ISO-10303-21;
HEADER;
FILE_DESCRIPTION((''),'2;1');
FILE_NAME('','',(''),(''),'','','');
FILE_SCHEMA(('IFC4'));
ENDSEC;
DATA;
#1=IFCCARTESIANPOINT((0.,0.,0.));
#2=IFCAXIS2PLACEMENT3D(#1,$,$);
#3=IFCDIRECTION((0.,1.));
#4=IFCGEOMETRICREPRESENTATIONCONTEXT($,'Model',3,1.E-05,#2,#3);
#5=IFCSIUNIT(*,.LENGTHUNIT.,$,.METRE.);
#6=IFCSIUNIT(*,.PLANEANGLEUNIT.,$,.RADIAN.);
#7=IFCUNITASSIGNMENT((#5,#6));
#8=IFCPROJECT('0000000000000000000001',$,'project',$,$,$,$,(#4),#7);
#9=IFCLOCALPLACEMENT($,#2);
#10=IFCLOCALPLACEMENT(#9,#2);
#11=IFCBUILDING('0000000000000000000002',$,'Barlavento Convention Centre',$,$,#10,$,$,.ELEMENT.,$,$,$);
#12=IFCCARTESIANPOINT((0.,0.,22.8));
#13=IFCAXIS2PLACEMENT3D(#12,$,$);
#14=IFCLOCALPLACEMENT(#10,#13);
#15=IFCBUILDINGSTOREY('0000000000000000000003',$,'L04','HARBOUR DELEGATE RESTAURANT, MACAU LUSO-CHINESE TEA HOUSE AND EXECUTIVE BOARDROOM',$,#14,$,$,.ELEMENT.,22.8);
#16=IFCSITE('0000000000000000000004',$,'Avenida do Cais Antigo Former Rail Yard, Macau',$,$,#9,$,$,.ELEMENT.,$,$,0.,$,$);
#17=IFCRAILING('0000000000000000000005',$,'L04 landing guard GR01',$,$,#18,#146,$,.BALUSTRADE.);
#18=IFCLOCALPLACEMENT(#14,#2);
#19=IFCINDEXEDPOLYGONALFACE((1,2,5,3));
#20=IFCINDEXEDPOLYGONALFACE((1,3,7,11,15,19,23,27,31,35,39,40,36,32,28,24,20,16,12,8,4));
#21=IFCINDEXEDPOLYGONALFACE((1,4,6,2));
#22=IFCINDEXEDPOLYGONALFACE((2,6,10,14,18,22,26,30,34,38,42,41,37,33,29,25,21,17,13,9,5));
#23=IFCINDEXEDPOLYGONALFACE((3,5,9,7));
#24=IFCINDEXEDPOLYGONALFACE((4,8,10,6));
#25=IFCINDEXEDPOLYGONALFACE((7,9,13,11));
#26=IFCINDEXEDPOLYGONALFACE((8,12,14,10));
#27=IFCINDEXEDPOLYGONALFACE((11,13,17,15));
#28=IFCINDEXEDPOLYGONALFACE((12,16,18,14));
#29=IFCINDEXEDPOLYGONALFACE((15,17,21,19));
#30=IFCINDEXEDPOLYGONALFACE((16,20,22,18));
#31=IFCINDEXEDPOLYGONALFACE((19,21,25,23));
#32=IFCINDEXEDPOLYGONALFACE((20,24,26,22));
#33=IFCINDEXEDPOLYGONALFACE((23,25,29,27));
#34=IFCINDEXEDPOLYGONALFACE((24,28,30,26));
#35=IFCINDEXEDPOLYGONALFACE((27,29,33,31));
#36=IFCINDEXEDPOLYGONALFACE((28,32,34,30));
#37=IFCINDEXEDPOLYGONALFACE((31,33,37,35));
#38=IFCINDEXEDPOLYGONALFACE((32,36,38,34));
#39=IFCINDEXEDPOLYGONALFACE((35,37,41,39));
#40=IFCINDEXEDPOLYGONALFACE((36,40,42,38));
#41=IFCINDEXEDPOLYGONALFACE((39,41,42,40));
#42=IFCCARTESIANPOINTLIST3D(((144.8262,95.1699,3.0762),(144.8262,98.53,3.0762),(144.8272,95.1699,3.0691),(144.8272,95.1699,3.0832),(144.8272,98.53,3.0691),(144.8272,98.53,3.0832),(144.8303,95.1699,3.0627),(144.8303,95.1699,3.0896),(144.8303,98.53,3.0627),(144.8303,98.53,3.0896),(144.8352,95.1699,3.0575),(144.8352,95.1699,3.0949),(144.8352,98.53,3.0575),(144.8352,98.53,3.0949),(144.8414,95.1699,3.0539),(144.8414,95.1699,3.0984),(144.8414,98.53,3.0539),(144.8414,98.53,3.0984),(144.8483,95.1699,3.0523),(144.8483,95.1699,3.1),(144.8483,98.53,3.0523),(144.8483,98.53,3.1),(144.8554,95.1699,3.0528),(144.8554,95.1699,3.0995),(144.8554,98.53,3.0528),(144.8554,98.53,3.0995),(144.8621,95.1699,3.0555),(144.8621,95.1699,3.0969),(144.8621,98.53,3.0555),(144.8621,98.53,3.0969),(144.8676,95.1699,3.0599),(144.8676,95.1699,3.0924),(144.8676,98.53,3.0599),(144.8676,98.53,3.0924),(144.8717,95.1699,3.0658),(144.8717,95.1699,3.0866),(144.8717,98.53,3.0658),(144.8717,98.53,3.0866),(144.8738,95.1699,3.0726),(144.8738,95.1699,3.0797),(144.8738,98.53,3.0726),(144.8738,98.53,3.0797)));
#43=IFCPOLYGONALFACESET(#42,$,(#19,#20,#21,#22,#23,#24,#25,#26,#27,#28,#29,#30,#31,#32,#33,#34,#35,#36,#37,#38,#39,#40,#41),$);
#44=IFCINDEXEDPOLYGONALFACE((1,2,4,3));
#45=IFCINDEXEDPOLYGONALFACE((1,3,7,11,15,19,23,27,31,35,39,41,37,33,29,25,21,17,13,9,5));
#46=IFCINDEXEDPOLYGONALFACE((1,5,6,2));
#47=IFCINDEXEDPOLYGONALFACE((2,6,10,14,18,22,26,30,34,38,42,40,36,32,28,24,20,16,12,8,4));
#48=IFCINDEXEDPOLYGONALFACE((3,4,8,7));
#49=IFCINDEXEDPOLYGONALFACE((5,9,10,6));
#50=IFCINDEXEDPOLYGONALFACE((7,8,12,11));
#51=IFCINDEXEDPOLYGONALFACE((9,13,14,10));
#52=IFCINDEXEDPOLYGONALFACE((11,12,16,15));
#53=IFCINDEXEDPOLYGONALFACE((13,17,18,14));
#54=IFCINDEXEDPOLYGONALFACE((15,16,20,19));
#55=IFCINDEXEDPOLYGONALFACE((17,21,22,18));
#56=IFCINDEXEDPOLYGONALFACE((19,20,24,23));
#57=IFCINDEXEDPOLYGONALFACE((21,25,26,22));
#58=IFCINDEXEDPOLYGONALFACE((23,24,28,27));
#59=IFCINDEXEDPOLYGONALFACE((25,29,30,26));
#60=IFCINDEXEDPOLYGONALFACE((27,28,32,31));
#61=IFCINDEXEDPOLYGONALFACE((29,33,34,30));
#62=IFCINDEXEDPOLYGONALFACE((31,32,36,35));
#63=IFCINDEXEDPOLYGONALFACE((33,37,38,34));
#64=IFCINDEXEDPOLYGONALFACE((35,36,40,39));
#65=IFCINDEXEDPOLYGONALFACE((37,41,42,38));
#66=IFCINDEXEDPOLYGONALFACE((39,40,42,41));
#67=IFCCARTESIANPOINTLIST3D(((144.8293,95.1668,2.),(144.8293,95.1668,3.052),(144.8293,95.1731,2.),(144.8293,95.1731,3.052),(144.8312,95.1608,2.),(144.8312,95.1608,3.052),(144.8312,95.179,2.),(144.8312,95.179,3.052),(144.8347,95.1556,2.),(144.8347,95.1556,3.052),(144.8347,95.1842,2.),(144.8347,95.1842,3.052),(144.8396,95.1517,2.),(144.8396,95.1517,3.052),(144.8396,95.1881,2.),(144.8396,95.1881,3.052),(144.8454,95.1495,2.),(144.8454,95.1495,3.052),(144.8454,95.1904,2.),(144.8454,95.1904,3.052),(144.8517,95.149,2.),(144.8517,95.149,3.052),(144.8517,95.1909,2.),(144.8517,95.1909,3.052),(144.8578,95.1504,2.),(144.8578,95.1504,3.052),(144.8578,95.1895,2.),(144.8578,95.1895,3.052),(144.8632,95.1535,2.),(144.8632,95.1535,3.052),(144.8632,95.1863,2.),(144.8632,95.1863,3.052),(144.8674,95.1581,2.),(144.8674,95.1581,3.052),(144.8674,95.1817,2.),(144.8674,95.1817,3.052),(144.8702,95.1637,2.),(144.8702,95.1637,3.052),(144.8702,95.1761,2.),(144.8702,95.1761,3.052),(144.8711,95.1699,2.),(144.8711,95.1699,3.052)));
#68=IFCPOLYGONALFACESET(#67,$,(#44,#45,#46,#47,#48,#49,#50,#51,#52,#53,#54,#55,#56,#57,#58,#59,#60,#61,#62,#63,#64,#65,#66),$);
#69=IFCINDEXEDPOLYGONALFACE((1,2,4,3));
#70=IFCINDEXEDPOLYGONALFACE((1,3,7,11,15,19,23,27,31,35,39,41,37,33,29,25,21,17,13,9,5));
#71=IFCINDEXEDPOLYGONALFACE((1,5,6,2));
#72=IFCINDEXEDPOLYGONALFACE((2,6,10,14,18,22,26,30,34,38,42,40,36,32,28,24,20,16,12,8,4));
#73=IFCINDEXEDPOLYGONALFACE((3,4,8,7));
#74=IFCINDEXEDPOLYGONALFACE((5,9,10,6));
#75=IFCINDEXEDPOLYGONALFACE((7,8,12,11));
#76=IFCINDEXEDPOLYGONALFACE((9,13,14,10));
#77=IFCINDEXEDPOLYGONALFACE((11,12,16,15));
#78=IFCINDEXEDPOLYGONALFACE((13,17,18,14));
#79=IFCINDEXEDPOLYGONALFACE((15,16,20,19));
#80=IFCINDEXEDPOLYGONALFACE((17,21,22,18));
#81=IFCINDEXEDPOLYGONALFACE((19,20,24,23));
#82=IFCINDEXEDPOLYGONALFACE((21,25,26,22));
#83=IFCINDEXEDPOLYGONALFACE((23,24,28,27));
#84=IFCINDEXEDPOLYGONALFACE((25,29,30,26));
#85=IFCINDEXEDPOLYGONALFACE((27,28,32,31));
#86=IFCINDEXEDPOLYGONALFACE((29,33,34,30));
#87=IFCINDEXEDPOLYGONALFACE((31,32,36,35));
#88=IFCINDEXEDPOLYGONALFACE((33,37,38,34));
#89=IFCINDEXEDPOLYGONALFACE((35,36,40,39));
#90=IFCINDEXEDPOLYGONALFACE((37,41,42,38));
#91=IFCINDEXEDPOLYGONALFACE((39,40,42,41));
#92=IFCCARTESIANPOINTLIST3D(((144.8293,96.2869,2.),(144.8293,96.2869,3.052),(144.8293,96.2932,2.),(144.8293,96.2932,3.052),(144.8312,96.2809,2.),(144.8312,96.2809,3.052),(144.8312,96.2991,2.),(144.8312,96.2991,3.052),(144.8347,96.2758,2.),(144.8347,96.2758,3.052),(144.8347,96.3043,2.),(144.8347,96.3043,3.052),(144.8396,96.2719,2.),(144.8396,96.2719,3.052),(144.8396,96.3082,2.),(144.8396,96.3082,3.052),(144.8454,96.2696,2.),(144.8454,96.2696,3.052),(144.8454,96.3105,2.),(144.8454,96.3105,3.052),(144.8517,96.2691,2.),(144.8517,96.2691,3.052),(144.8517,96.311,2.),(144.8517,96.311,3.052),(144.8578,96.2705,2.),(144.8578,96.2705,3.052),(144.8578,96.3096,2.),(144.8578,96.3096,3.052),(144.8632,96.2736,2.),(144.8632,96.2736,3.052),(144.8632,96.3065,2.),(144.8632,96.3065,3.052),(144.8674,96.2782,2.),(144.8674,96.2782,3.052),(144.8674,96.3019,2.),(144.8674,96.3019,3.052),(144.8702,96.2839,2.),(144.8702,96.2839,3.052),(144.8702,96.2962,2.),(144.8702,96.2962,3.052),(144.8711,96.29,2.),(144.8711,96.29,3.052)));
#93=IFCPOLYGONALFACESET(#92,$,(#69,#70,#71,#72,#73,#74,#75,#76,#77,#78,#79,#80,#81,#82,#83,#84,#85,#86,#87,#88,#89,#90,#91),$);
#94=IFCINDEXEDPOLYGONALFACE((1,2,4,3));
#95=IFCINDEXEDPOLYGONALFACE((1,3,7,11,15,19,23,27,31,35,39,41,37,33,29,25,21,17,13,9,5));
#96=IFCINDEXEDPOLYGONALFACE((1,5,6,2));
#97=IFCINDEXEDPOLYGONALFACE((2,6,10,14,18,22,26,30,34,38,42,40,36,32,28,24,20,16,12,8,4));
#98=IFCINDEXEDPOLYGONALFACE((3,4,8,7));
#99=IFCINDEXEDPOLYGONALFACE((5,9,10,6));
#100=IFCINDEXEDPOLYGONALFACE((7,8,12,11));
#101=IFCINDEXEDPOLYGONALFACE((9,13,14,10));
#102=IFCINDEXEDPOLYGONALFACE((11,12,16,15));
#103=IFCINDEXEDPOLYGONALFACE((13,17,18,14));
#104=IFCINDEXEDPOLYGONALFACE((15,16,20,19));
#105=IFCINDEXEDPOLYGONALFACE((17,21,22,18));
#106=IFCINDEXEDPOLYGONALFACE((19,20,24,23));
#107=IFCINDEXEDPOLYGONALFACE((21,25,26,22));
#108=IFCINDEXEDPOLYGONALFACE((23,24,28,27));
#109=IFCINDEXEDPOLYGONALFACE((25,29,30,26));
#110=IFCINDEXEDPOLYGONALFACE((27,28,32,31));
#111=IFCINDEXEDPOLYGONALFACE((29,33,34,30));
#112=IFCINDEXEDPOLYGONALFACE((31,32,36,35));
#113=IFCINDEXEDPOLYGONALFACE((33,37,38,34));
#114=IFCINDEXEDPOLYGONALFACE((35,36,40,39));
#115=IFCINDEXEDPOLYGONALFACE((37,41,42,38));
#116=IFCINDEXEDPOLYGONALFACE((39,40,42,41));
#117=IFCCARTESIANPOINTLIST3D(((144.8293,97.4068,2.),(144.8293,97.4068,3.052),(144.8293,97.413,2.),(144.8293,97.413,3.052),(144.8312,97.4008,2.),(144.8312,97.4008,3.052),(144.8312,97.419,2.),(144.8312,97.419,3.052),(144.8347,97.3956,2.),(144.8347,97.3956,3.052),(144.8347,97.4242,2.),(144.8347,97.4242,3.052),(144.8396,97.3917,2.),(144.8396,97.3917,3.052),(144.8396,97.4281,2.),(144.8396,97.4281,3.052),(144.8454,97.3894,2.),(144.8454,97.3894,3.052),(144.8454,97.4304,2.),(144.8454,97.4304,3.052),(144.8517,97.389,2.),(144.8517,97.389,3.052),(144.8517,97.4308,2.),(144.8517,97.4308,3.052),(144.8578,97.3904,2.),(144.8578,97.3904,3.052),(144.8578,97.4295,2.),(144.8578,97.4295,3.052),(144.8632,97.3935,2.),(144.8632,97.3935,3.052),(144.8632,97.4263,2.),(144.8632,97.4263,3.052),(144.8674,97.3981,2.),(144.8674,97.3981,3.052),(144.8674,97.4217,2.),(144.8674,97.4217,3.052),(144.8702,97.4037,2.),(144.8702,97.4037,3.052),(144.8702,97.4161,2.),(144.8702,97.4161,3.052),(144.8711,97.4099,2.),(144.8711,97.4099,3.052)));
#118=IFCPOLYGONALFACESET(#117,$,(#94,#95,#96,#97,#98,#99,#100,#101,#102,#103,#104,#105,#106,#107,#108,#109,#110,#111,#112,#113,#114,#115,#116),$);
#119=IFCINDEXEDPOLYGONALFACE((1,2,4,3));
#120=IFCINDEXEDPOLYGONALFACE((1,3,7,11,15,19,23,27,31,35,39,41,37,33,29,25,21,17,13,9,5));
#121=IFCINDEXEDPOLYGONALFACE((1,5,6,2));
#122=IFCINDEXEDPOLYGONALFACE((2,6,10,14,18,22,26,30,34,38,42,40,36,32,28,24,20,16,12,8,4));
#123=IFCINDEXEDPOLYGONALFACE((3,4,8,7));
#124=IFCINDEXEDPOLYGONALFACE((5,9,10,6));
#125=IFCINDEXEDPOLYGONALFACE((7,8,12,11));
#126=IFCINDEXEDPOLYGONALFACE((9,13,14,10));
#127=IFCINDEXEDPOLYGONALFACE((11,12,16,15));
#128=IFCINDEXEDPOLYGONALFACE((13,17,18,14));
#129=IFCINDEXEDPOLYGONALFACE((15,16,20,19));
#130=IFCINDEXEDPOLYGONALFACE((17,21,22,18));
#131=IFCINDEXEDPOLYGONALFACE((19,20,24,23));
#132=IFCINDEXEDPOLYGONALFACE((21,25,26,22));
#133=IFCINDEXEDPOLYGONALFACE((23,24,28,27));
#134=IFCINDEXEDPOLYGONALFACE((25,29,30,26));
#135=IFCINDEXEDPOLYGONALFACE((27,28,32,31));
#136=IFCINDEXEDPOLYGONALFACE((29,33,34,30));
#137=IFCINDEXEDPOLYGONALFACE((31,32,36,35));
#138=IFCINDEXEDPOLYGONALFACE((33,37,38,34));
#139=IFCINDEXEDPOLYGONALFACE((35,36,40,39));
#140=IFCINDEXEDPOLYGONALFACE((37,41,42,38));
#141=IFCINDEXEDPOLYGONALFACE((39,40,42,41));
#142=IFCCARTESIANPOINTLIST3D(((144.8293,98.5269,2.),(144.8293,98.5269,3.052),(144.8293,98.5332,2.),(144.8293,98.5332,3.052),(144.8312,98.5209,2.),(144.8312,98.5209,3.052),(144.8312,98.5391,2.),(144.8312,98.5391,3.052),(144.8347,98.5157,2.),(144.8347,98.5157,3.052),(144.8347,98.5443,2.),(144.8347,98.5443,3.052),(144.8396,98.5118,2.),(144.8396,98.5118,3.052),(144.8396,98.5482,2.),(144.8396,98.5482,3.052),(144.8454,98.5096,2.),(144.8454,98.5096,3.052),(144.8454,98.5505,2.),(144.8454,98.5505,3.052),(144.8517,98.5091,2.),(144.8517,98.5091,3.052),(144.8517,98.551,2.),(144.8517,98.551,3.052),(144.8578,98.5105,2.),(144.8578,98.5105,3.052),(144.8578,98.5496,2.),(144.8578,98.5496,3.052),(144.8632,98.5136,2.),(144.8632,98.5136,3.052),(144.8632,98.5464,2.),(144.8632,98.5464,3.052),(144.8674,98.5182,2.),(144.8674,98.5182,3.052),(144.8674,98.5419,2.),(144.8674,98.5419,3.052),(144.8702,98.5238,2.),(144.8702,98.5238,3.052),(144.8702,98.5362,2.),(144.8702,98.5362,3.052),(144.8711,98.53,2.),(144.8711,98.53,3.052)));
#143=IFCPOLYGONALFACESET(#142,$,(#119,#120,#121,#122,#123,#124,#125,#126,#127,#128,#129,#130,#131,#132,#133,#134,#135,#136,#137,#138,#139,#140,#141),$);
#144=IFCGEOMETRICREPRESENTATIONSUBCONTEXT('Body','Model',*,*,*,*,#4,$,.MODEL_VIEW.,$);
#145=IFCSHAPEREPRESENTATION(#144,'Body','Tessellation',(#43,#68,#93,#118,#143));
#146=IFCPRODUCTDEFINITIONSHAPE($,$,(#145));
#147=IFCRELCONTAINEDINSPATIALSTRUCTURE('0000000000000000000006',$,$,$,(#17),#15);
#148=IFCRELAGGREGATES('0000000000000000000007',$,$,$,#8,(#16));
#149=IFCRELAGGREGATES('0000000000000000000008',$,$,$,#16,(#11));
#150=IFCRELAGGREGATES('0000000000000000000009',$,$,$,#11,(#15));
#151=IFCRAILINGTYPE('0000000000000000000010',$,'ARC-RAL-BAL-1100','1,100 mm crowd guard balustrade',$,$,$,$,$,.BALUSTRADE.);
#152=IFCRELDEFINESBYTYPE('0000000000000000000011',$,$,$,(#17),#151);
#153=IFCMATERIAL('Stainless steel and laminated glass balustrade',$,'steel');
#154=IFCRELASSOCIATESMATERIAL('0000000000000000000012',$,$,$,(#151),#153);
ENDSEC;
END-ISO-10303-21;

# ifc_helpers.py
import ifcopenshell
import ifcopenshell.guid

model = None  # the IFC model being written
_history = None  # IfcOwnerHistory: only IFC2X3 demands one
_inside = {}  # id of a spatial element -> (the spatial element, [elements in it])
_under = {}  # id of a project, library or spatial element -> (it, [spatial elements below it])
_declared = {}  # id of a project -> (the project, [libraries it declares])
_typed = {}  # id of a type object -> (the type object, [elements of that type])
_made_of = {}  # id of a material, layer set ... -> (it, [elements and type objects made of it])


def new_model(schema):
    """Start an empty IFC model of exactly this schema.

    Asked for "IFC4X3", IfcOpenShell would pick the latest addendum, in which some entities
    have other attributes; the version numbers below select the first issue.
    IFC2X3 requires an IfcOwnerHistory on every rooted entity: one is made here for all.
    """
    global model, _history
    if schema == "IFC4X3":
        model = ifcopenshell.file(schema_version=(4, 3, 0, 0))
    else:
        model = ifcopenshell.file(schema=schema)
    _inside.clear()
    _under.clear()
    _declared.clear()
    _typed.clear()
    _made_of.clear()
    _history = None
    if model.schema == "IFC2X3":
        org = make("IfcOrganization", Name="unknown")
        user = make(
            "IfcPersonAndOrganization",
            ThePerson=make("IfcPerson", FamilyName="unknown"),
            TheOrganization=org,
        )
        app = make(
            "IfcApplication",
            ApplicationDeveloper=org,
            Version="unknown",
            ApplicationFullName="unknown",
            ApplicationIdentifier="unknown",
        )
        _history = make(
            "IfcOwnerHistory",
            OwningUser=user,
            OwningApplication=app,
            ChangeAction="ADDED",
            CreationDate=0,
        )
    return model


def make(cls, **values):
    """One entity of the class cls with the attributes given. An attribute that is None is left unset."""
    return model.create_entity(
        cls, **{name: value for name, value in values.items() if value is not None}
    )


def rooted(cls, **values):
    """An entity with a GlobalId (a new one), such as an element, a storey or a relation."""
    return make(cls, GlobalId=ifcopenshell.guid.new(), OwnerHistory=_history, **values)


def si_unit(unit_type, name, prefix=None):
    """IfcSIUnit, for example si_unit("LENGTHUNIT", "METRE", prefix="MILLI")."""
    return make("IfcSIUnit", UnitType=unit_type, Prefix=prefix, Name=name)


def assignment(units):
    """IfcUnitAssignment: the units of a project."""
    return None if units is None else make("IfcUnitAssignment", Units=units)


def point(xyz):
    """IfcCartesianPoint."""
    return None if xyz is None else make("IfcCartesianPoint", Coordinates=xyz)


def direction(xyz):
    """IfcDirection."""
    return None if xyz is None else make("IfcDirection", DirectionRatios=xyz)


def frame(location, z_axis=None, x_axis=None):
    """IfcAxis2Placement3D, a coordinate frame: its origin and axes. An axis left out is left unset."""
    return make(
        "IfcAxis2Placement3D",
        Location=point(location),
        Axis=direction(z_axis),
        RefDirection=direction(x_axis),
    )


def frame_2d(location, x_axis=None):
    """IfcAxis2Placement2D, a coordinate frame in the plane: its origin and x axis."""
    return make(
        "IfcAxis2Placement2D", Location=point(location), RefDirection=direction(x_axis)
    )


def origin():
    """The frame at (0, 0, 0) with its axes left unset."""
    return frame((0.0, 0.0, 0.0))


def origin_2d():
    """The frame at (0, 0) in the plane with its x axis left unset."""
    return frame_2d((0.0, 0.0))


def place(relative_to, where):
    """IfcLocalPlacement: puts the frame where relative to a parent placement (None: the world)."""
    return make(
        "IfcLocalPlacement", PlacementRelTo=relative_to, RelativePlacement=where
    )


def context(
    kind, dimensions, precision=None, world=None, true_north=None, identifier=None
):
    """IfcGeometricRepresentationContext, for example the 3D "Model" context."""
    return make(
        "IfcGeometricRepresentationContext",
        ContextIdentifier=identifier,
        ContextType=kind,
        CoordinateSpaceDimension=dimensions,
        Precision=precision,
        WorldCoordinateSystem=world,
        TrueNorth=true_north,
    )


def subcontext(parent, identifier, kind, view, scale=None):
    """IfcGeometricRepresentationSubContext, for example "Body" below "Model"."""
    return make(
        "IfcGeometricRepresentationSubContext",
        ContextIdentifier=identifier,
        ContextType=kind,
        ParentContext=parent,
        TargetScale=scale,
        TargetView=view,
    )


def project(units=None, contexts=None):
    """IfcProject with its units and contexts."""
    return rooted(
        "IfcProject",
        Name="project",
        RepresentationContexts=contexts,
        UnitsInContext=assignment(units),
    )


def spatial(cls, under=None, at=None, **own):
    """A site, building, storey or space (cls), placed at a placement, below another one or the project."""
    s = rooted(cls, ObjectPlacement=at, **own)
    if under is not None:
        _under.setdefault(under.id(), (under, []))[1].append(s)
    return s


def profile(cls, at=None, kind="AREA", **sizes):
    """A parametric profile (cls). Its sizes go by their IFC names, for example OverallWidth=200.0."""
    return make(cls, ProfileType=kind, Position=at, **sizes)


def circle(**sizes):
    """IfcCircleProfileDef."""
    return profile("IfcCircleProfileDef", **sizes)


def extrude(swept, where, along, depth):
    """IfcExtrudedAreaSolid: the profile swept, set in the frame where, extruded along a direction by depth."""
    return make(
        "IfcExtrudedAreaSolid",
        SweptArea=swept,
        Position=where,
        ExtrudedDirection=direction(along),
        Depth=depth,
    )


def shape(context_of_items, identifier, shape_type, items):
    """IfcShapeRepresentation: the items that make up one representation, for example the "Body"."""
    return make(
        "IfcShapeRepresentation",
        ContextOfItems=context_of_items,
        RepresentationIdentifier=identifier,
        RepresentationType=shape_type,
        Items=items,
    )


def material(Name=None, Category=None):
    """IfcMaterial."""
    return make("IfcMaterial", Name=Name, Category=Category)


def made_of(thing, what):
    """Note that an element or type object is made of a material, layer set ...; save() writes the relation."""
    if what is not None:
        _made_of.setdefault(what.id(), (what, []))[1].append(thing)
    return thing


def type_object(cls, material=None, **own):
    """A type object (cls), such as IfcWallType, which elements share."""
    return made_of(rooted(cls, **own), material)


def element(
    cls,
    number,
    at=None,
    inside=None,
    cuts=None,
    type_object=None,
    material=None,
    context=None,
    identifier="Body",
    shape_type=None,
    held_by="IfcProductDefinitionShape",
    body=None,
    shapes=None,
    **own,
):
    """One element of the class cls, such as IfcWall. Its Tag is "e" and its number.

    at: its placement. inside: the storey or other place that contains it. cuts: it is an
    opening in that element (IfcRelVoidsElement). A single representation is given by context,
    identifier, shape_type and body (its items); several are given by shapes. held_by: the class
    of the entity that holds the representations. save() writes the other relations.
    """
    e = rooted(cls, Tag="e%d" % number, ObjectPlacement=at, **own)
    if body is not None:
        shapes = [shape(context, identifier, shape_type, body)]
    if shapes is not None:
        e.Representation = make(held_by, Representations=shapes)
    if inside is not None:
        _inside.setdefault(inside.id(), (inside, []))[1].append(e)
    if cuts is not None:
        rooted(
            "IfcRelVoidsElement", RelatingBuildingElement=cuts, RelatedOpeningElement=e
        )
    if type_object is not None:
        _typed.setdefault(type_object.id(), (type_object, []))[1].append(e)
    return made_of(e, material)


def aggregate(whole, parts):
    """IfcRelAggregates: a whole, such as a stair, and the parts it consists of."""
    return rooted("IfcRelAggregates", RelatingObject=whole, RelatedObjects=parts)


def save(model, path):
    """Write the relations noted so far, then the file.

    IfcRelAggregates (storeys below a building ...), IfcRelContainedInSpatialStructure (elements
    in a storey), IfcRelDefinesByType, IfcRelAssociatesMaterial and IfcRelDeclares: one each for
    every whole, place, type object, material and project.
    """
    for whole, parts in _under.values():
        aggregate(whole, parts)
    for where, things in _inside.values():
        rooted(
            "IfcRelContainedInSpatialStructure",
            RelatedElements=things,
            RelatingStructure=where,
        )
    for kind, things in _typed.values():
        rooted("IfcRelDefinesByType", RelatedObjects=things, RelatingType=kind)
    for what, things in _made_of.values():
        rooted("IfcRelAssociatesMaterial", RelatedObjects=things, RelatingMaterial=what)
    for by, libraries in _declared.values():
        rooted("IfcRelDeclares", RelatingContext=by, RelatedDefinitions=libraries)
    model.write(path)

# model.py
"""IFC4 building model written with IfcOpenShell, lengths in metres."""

from ifc_helpers import new_model, si_unit, direction, frame, origin, origin_2d, place, context, subcontext, project, spatial, circle, extrude, material, type_object, element, save


model = new_model("IFC4")

# Units and contexts
model_context = context("Model", 3, precision=1e-05, world=origin(), true_north=direction((0.0, 1.0)))
body_context = subcontext(model_context, "Body", "Model", "MODEL_VIEW")
ifc_project = project(units=[si_unit("LENGTHUNIT", "METRE"), si_unit("PLANEANGLEUNIT", "RADIAN")], contexts=[model_context])

# Site, building, storey
site_placement = place(None, origin())
site = spatial("IfcSite", under=ifc_project, at=site_placement, Name="Avenida do Cais Antigo Former Rail Yard, Macau", CompositionType="ELEMENT", RefElevation=0.0)
building_placement = place(site_placement, origin())
building = spatial("IfcBuilding", under=site, at=building_placement, Name="Barlavento Convention Centre", CompositionType="ELEMENT")
storey_placement = place(building_placement, frame((0.0, 0.0, 22.8)))
storey = spatial("IfcBuildingStorey", under=building, at=storey_placement, Name="L04", Description="HARBOUR DELEGATE RESTAURANT, MACAU LUSO-CHINESE TEA HOUSE AND EXECUTIVE BOARDROOM", CompositionType="ELEMENT", Elevation=22.8)

# Railing
ifc_material_1 = material(Name="Stainless steel and laminated glass balustrade", Category="steel")
railing_type_1 = type_object("IfcRailingType", Name="ARC-RAL-BAL-1100", Description="1,100 mm crowd guard balustrade", PredefinedType="BALUSTRADE", material=ifc_material_1)
for number, where, name in (
    (1, (144.8501, 95.1699, 2.0), "L04 landing guard GR01"),
):
    element("IfcRailing", number, at=place(storey_placement, frame(where)), inside=storey, type_object=railing_type_1, Name=name, PredefinedType="BALUSTRADE", context=body_context, shape_type="SweptSolid", body=[
        extrude(circle(Radius=0.0239, at=origin_2d()), frame((0.0, 0.0, 1.0762), z_axis=(0.0, 1.0, 0.0), x_axis=(-1.0, 0.0, 0.0)), (0.0, 0.0, 1.0), 3.3601),
        extrude(circle(Radius=0.021, at=origin_2d()), origin(), (0.0, 0.0, 1.0), 1.052),
        extrude(circle(Radius=0.021, at=origin_2d()), frame((0.0, 1.1201, 0.0)), (0.0, 0.0, 1.0), 1.052),
        extrude(circle(Radius=0.021, at=origin_2d()), frame((0.0, 2.24, 0.0)), (0.0, 0.0, 1.0), 1.052),
        extrude(circle(Radius=0.021, at=origin_2d()), frame((0.0, 3.3601, 0.0)), (0.0, 0.0, 1.0), 1.052),
    ])

save(model, "model.ifc")
